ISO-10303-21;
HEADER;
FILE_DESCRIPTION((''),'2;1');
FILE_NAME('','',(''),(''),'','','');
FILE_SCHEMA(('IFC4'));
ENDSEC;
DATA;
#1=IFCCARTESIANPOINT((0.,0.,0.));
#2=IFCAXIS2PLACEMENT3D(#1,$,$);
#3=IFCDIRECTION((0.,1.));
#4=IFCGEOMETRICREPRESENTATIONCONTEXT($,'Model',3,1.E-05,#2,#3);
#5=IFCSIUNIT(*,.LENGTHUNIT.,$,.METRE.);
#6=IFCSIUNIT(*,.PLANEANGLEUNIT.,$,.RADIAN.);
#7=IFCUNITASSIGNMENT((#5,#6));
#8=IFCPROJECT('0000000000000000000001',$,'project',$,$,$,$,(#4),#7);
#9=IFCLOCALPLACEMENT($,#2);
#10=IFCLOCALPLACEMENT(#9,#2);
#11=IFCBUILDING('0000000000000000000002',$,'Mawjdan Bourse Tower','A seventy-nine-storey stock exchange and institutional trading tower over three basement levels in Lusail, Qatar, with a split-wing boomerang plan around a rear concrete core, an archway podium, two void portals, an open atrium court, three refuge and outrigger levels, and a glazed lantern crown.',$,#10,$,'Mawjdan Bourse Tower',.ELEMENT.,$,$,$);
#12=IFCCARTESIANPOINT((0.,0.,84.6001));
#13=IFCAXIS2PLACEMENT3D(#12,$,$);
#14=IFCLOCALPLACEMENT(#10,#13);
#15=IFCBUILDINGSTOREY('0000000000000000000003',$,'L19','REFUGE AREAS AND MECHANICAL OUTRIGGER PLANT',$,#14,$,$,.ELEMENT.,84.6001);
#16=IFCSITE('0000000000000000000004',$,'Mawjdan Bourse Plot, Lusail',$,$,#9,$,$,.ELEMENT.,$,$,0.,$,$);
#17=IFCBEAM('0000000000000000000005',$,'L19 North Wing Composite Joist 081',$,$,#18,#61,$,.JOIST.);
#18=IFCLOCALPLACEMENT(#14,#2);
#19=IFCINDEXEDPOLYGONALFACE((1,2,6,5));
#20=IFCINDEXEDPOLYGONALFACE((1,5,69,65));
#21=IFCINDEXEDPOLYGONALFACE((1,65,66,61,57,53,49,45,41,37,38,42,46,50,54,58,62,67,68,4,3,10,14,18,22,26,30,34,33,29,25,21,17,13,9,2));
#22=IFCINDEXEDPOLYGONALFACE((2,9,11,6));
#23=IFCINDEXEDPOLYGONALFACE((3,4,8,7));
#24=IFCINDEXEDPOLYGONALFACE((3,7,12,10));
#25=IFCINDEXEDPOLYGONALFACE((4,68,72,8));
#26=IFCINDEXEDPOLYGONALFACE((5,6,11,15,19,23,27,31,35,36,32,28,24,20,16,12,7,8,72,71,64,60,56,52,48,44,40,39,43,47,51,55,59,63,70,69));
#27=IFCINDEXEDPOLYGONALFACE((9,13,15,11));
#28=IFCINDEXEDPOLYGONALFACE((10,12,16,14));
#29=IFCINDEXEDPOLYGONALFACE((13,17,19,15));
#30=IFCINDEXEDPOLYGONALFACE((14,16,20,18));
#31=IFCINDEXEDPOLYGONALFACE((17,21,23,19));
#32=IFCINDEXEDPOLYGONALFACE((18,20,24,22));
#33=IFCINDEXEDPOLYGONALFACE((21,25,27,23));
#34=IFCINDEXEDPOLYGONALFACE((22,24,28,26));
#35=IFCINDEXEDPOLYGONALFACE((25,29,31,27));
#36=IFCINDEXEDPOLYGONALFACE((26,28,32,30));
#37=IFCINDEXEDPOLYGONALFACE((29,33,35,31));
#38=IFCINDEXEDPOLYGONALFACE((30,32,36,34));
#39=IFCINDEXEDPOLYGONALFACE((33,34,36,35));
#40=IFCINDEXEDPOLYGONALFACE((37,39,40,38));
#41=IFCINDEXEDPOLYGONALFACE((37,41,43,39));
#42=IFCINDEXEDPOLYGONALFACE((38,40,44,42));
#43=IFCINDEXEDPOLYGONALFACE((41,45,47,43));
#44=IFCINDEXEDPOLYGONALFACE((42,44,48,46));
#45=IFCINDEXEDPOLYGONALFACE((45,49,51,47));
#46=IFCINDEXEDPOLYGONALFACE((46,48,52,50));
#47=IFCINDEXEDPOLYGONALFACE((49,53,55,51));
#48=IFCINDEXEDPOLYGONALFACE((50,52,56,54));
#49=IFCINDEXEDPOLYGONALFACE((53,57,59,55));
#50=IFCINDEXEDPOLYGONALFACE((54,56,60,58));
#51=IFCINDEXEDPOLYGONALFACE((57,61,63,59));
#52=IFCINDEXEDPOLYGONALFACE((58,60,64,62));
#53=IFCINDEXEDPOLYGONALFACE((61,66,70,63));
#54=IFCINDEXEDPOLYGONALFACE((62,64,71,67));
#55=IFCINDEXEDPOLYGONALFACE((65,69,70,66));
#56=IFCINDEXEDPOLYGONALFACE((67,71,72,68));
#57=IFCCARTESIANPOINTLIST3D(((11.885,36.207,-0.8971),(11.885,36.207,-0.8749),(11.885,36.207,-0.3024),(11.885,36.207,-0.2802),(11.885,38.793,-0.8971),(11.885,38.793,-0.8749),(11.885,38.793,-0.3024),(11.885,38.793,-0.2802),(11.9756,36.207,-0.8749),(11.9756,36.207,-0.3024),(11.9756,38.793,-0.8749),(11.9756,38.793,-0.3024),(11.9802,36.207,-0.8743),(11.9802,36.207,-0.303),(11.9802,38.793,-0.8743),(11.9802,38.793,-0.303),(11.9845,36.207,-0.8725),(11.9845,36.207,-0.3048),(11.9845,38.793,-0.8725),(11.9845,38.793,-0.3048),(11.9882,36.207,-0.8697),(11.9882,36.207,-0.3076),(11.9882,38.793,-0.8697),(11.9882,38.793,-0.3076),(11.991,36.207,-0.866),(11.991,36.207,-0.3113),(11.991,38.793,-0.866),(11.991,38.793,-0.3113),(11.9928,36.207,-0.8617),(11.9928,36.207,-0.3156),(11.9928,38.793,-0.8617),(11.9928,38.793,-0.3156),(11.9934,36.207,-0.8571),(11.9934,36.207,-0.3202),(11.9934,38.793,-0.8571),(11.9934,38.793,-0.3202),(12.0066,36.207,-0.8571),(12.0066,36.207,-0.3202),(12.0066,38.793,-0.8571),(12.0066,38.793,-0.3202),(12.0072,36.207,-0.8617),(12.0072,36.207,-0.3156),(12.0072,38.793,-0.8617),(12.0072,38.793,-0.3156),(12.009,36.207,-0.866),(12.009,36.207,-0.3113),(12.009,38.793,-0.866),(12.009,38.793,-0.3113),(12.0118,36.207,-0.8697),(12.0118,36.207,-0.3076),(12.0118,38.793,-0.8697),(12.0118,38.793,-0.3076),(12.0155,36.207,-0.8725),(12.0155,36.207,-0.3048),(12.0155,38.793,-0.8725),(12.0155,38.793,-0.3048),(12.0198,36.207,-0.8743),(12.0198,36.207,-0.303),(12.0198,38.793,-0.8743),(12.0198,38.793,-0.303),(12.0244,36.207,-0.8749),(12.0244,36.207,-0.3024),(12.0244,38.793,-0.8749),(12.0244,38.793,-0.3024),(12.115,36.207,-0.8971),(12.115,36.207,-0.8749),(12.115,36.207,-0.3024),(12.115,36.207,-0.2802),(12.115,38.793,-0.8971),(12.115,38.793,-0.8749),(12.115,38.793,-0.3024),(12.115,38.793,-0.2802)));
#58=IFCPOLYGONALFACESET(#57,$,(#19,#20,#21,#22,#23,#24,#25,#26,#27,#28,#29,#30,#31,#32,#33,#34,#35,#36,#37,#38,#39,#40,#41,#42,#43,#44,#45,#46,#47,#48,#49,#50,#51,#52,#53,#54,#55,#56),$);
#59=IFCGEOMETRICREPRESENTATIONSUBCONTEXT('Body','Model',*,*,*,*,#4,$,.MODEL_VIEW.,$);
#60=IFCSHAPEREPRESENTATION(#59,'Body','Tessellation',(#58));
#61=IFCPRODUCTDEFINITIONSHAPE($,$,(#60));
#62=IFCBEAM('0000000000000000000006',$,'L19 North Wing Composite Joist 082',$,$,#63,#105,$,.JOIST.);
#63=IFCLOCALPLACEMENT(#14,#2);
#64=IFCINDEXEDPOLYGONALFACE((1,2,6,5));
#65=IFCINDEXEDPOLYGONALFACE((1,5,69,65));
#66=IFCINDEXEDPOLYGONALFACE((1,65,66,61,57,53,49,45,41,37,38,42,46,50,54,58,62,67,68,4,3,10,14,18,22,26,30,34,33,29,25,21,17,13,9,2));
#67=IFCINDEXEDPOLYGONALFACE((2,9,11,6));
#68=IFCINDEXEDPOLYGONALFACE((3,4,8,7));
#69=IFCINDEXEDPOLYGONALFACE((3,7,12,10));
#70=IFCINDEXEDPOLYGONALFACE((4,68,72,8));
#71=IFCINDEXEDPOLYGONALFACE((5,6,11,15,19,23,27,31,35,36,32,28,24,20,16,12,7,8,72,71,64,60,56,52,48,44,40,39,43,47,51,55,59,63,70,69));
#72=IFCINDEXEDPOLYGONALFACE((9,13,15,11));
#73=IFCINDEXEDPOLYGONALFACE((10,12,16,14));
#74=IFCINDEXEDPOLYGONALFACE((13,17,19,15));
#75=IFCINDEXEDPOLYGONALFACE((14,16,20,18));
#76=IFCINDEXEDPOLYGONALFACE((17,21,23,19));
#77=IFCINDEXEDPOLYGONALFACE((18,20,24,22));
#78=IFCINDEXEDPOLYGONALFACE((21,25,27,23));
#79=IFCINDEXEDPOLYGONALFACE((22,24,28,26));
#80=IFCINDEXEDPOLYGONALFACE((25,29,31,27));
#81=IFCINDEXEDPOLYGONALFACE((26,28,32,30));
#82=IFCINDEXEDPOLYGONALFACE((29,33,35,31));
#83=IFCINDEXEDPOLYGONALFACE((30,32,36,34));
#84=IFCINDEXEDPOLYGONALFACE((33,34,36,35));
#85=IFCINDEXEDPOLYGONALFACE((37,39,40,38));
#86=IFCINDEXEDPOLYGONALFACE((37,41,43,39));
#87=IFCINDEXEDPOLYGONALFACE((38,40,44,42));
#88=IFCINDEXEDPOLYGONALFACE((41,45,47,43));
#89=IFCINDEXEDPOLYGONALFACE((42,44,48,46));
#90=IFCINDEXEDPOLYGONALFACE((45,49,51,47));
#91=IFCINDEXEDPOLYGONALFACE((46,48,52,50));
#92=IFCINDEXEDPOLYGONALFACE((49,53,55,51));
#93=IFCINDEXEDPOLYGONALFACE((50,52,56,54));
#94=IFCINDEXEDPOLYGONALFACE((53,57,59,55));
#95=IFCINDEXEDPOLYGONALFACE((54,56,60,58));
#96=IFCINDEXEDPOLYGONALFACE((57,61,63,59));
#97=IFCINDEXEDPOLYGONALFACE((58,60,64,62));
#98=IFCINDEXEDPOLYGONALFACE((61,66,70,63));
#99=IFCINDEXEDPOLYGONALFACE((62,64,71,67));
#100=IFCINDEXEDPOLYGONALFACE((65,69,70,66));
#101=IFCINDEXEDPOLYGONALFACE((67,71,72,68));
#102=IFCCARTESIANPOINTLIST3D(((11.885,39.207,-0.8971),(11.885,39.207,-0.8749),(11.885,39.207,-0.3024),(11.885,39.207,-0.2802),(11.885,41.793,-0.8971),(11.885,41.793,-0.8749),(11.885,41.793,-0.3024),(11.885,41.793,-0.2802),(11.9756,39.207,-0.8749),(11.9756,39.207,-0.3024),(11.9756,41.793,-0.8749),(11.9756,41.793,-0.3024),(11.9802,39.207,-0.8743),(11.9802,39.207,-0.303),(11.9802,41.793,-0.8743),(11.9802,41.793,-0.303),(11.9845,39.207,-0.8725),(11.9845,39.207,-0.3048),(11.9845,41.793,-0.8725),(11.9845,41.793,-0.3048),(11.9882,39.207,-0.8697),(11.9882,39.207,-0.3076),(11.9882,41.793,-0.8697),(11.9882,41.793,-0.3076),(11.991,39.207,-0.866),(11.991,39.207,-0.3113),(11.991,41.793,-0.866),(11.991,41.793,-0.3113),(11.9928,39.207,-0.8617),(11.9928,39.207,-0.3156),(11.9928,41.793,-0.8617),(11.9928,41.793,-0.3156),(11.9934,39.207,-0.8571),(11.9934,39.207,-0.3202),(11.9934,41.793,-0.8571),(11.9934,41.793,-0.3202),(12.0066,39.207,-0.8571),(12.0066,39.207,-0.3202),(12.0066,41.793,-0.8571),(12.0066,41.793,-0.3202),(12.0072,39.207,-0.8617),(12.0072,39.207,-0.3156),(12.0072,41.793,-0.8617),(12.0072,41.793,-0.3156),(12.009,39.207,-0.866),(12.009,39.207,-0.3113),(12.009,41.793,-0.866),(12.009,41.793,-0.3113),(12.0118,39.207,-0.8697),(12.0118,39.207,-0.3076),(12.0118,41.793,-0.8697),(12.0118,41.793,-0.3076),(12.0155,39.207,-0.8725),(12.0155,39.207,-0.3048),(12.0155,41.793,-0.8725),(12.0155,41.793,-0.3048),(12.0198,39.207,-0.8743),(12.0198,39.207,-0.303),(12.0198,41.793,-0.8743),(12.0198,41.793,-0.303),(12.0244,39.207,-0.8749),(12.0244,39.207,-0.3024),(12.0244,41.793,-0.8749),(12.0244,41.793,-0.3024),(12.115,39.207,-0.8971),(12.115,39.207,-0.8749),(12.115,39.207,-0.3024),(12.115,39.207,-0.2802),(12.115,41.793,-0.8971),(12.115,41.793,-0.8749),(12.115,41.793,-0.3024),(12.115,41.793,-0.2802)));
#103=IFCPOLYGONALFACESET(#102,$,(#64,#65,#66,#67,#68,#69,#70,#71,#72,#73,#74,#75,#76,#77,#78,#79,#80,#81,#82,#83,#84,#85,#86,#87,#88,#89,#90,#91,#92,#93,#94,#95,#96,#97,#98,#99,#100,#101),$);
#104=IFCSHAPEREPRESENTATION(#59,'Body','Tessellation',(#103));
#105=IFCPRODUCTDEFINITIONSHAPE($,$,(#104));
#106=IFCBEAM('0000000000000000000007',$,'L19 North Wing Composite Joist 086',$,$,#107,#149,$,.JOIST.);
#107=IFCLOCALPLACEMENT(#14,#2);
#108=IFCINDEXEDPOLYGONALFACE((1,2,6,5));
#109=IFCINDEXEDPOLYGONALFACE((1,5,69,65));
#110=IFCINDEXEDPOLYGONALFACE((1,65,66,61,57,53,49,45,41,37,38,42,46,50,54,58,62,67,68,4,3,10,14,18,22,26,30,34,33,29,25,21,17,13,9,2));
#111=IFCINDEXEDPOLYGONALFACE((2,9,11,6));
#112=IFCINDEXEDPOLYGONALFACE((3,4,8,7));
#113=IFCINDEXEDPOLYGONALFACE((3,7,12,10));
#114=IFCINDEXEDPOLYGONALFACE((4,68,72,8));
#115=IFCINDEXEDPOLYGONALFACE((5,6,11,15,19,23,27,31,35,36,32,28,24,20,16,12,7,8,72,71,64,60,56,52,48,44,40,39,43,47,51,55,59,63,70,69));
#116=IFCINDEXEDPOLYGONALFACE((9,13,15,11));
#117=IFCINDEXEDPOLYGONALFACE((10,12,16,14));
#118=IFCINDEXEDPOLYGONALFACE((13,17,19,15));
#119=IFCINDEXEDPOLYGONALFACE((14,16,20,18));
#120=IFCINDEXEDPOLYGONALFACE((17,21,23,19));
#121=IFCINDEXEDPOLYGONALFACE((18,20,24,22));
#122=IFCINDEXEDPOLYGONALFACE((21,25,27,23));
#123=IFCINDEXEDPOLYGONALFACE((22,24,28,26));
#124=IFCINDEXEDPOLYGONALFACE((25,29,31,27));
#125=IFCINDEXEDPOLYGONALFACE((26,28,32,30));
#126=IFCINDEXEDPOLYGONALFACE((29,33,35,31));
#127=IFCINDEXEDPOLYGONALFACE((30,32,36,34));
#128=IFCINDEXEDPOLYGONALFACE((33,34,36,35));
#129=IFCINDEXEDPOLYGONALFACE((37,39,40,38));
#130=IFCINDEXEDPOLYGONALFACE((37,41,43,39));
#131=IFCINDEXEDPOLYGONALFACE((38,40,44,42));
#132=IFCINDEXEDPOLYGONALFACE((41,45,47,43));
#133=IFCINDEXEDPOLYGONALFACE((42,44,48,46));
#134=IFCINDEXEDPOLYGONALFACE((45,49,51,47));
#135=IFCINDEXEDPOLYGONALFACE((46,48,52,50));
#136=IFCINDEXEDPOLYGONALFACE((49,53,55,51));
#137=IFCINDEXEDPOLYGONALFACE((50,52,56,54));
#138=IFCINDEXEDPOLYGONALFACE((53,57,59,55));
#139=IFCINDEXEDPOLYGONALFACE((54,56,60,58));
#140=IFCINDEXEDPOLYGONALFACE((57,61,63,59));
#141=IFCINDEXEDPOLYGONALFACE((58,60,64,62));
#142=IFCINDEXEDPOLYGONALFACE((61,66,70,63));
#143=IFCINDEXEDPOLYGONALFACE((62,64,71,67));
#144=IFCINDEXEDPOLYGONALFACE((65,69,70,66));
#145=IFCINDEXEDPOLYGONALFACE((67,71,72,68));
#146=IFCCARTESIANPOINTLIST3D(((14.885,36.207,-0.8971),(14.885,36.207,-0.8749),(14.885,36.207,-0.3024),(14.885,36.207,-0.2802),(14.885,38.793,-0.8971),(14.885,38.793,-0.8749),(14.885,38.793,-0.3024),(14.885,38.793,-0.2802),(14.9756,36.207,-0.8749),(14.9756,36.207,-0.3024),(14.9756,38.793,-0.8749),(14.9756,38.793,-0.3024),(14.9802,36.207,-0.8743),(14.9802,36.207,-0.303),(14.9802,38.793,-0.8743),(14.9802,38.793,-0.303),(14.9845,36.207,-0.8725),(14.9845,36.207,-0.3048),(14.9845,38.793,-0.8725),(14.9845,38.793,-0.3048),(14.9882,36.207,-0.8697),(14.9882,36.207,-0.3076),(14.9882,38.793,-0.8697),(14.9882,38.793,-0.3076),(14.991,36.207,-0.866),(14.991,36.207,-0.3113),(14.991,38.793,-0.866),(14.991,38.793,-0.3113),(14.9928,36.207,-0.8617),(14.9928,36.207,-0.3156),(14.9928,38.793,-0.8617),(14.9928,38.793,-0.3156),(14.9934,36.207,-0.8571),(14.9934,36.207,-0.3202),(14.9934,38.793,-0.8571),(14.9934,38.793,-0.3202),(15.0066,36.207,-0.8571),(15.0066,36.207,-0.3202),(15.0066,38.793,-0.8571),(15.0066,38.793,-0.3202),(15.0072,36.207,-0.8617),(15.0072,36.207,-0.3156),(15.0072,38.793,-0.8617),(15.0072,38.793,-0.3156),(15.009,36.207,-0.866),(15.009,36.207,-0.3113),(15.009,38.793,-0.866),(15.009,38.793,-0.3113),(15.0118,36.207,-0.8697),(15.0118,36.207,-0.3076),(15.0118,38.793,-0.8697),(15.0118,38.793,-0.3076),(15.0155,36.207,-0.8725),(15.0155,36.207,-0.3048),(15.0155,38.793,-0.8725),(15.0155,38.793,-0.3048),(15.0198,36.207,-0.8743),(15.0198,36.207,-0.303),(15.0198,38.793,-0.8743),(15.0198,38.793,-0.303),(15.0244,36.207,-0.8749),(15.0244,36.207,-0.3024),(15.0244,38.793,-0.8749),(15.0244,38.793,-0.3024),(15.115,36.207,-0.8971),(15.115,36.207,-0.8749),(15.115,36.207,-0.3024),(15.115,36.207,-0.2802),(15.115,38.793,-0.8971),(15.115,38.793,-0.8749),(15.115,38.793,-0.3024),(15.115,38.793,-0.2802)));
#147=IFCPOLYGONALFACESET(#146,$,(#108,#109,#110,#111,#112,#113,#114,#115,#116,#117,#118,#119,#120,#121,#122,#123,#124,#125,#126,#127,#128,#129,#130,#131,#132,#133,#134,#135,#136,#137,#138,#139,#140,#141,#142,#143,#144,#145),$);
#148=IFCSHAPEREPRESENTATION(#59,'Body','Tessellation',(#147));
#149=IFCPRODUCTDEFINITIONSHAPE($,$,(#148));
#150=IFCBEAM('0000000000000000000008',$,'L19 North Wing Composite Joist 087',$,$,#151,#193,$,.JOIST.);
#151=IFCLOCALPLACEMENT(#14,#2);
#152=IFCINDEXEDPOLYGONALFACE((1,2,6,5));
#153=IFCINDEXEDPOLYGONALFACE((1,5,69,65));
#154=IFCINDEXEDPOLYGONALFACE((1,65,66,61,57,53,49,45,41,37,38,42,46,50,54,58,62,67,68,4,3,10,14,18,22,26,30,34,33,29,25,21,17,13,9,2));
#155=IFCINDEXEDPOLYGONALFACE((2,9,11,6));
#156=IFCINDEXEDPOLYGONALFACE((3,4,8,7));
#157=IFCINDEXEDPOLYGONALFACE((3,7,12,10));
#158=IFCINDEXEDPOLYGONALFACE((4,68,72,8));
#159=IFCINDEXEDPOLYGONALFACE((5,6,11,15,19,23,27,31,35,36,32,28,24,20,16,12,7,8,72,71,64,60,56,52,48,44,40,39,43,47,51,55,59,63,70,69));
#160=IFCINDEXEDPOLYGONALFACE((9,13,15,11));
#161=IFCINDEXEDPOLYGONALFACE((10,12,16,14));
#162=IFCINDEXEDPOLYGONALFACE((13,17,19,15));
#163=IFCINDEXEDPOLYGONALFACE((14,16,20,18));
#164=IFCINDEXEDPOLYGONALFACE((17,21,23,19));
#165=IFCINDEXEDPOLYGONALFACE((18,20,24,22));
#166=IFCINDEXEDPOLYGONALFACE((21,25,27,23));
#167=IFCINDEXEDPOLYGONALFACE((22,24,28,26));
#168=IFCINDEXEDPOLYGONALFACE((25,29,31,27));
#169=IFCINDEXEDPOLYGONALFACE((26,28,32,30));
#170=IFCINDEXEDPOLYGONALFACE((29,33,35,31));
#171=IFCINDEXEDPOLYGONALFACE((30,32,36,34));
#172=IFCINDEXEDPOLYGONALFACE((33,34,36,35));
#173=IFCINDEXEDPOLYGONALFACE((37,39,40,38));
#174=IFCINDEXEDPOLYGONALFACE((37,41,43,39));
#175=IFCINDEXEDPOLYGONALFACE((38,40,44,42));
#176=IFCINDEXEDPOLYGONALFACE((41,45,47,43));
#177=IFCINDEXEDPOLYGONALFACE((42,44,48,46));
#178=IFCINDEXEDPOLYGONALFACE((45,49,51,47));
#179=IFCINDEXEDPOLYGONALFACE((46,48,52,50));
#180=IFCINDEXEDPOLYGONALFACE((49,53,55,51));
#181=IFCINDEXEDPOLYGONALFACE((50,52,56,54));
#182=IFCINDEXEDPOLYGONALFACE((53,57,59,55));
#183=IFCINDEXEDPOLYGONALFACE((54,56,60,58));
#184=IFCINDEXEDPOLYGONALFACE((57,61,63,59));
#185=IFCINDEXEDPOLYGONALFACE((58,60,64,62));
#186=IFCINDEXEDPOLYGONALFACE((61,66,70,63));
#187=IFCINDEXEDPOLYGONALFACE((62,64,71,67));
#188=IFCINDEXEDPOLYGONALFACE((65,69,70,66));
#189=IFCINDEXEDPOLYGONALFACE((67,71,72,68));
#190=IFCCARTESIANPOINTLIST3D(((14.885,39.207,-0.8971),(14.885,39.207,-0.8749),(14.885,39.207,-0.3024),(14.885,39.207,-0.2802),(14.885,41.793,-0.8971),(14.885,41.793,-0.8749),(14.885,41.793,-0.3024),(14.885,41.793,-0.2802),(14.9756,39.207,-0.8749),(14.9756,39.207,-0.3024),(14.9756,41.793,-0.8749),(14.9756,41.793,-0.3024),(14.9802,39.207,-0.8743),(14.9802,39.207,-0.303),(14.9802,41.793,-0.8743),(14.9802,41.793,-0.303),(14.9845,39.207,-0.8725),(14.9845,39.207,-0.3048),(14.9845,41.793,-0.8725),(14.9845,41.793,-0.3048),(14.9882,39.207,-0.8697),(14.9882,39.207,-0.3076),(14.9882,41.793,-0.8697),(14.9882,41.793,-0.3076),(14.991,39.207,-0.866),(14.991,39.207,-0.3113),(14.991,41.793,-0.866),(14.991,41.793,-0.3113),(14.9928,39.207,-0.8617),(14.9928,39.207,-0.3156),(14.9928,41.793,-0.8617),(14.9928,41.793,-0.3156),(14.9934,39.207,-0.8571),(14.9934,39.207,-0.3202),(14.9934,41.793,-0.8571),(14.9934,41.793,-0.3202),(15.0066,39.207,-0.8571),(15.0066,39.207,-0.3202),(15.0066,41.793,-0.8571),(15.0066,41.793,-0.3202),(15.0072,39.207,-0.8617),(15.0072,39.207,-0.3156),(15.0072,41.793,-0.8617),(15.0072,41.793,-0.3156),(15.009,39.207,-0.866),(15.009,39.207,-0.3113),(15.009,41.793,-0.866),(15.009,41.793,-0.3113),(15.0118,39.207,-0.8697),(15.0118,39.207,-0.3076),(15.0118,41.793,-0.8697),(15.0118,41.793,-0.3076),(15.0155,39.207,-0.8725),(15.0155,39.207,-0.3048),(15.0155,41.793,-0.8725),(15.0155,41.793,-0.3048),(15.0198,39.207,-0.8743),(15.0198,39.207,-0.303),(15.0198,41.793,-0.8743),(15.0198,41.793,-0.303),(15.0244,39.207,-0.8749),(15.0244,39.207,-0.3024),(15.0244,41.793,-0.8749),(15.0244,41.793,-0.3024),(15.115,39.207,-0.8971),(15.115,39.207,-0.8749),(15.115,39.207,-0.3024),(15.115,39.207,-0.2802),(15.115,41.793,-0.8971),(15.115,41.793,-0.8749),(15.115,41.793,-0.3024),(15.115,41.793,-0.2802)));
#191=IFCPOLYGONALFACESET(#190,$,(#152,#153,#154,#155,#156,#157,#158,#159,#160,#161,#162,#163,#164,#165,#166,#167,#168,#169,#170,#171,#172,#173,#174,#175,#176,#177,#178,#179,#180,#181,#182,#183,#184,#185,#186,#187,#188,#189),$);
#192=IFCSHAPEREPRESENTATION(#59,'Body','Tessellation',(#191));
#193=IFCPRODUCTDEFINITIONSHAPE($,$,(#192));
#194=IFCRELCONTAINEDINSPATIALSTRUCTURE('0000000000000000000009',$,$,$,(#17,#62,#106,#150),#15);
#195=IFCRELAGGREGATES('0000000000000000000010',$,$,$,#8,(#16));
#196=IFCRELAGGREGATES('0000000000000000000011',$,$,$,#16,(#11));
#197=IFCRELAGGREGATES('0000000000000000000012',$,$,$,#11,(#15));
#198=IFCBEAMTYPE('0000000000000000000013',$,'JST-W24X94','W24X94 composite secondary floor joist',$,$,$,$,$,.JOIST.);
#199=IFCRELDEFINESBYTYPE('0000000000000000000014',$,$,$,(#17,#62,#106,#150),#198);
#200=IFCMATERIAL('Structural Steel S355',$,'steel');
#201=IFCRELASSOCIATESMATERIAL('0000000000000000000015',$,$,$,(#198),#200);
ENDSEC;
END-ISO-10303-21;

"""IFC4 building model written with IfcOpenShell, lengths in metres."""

from ifc_helpers import new_model, si_unit, direction, frame, origin, origin_2d, place, context, subcontext, project, spatial, i_section, extrude, material, material_profile, profile_set, type_object, element, save


model = new_model("IFC4")

# Units and contexts
model_context = context("Model", 3, precision=1e-05, world=origin(), true_north=direction((0.0, 1.0)))
body_context = subcontext(model_context, "Body", "Model", "MODEL_VIEW")
ifc_project = project(units=[si_unit("LENGTHUNIT", "METRE"), si_unit("PLANEANGLEUNIT", "RADIAN")], contexts=[model_context])

# Site, building, storey
site_placement = place(None, origin())
site = spatial("IfcSite", under=ifc_project, at=site_placement, Name="Mawjdan Bourse Plot, Lusail", CompositionType="ELEMENT", RefElevation=0.0)
building_placement = place(site_placement, origin())
building = spatial("IfcBuilding", under=site, at=building_placement, Name="Mawjdan Bourse Tower", Description="A seventy-nine-storey stock exchange and institutional trading tower over three basement levels in Lusail, Qatar, with a split-wing boomerang plan around a rear concrete core, an archway podium, two void portals, an open atrium court, three refuge and outrigger levels, and a glazed lantern crown.", LongName="Mawjdan Bourse Tower", CompositionType="ELEMENT")
storey_placement = place(building_placement, frame((0.0, 0.0, 84.6001)))
storey = spatial("IfcBuildingStorey", under=building, at=storey_placement, Name="L19", Description="REFUGE AREAS AND MECHANICAL OUTRIGGER PLANT", CompositionType="ELEMENT", Elevation=84.6001)

# Beams
ifc_material_1 = material(Name="Structural Steel S355", Category="steel")
ifc_material_profile_1 = material_profile(ifc_material_1, i_section(OverallWidth=0.23, OverallDepth=0.6169, WebThickness=0.0132, FlangeThickness=0.0222, FilletRadius=0.0178, at=origin_2d()), Name="W24X94")
ifc_profile_set_1 = profile_set([ifc_material_profile_1], Name="Structural Steel S355")
beam_type_1 = type_object("IfcBeamType", Name="JST-W24X94", Description="W24X94 composite secondary floor joist", PredefinedType="JOIST", material=ifc_profile_set_1)
for number, where, z_axis, x_axis, name in (
    (1, (12.0, 36.207, -0.5886), (0.0, 1.0, 0.0), (-1.0, 0.0, 0.0), "L19 North Wing Composite Joist 081"),
    (2, (12.0, 39.207, -0.5886), (0.0, 1.0, 0.0), (-1.0, 0.0, 0.0), "L19 North Wing Composite Joist 082"),
    (3, (15.0, 36.207, -0.5886), (0.0, 1.0, 0.0), (-1.0, 0.0, 0.0), "L19 North Wing Composite Joist 086"),
    (4, (15.0, 39.207, -0.5886), (0.0, 1.0, 0.0), (-1.0, 0.0, 0.0), "L19 North Wing Composite Joist 087"),
):
    element("IfcBeam", number, at=place(storey_placement, frame(where, z_axis=z_axis, x_axis=x_axis)), inside=storey, type_object=beam_type_1, Name=name, PredefinedType="JOIST", context=body_context, shape_type="SweptSolid", body=[
        extrude(i_section(OverallWidth=0.23, OverallDepth=0.6169, WebThickness=0.0132, FlangeThickness=0.0222, FilletRadius=0.0178, at=origin_2d()), origin(), (0.0, 0.0, 1.0), 2.5859),
    ])

save(model, "model.ifc")
